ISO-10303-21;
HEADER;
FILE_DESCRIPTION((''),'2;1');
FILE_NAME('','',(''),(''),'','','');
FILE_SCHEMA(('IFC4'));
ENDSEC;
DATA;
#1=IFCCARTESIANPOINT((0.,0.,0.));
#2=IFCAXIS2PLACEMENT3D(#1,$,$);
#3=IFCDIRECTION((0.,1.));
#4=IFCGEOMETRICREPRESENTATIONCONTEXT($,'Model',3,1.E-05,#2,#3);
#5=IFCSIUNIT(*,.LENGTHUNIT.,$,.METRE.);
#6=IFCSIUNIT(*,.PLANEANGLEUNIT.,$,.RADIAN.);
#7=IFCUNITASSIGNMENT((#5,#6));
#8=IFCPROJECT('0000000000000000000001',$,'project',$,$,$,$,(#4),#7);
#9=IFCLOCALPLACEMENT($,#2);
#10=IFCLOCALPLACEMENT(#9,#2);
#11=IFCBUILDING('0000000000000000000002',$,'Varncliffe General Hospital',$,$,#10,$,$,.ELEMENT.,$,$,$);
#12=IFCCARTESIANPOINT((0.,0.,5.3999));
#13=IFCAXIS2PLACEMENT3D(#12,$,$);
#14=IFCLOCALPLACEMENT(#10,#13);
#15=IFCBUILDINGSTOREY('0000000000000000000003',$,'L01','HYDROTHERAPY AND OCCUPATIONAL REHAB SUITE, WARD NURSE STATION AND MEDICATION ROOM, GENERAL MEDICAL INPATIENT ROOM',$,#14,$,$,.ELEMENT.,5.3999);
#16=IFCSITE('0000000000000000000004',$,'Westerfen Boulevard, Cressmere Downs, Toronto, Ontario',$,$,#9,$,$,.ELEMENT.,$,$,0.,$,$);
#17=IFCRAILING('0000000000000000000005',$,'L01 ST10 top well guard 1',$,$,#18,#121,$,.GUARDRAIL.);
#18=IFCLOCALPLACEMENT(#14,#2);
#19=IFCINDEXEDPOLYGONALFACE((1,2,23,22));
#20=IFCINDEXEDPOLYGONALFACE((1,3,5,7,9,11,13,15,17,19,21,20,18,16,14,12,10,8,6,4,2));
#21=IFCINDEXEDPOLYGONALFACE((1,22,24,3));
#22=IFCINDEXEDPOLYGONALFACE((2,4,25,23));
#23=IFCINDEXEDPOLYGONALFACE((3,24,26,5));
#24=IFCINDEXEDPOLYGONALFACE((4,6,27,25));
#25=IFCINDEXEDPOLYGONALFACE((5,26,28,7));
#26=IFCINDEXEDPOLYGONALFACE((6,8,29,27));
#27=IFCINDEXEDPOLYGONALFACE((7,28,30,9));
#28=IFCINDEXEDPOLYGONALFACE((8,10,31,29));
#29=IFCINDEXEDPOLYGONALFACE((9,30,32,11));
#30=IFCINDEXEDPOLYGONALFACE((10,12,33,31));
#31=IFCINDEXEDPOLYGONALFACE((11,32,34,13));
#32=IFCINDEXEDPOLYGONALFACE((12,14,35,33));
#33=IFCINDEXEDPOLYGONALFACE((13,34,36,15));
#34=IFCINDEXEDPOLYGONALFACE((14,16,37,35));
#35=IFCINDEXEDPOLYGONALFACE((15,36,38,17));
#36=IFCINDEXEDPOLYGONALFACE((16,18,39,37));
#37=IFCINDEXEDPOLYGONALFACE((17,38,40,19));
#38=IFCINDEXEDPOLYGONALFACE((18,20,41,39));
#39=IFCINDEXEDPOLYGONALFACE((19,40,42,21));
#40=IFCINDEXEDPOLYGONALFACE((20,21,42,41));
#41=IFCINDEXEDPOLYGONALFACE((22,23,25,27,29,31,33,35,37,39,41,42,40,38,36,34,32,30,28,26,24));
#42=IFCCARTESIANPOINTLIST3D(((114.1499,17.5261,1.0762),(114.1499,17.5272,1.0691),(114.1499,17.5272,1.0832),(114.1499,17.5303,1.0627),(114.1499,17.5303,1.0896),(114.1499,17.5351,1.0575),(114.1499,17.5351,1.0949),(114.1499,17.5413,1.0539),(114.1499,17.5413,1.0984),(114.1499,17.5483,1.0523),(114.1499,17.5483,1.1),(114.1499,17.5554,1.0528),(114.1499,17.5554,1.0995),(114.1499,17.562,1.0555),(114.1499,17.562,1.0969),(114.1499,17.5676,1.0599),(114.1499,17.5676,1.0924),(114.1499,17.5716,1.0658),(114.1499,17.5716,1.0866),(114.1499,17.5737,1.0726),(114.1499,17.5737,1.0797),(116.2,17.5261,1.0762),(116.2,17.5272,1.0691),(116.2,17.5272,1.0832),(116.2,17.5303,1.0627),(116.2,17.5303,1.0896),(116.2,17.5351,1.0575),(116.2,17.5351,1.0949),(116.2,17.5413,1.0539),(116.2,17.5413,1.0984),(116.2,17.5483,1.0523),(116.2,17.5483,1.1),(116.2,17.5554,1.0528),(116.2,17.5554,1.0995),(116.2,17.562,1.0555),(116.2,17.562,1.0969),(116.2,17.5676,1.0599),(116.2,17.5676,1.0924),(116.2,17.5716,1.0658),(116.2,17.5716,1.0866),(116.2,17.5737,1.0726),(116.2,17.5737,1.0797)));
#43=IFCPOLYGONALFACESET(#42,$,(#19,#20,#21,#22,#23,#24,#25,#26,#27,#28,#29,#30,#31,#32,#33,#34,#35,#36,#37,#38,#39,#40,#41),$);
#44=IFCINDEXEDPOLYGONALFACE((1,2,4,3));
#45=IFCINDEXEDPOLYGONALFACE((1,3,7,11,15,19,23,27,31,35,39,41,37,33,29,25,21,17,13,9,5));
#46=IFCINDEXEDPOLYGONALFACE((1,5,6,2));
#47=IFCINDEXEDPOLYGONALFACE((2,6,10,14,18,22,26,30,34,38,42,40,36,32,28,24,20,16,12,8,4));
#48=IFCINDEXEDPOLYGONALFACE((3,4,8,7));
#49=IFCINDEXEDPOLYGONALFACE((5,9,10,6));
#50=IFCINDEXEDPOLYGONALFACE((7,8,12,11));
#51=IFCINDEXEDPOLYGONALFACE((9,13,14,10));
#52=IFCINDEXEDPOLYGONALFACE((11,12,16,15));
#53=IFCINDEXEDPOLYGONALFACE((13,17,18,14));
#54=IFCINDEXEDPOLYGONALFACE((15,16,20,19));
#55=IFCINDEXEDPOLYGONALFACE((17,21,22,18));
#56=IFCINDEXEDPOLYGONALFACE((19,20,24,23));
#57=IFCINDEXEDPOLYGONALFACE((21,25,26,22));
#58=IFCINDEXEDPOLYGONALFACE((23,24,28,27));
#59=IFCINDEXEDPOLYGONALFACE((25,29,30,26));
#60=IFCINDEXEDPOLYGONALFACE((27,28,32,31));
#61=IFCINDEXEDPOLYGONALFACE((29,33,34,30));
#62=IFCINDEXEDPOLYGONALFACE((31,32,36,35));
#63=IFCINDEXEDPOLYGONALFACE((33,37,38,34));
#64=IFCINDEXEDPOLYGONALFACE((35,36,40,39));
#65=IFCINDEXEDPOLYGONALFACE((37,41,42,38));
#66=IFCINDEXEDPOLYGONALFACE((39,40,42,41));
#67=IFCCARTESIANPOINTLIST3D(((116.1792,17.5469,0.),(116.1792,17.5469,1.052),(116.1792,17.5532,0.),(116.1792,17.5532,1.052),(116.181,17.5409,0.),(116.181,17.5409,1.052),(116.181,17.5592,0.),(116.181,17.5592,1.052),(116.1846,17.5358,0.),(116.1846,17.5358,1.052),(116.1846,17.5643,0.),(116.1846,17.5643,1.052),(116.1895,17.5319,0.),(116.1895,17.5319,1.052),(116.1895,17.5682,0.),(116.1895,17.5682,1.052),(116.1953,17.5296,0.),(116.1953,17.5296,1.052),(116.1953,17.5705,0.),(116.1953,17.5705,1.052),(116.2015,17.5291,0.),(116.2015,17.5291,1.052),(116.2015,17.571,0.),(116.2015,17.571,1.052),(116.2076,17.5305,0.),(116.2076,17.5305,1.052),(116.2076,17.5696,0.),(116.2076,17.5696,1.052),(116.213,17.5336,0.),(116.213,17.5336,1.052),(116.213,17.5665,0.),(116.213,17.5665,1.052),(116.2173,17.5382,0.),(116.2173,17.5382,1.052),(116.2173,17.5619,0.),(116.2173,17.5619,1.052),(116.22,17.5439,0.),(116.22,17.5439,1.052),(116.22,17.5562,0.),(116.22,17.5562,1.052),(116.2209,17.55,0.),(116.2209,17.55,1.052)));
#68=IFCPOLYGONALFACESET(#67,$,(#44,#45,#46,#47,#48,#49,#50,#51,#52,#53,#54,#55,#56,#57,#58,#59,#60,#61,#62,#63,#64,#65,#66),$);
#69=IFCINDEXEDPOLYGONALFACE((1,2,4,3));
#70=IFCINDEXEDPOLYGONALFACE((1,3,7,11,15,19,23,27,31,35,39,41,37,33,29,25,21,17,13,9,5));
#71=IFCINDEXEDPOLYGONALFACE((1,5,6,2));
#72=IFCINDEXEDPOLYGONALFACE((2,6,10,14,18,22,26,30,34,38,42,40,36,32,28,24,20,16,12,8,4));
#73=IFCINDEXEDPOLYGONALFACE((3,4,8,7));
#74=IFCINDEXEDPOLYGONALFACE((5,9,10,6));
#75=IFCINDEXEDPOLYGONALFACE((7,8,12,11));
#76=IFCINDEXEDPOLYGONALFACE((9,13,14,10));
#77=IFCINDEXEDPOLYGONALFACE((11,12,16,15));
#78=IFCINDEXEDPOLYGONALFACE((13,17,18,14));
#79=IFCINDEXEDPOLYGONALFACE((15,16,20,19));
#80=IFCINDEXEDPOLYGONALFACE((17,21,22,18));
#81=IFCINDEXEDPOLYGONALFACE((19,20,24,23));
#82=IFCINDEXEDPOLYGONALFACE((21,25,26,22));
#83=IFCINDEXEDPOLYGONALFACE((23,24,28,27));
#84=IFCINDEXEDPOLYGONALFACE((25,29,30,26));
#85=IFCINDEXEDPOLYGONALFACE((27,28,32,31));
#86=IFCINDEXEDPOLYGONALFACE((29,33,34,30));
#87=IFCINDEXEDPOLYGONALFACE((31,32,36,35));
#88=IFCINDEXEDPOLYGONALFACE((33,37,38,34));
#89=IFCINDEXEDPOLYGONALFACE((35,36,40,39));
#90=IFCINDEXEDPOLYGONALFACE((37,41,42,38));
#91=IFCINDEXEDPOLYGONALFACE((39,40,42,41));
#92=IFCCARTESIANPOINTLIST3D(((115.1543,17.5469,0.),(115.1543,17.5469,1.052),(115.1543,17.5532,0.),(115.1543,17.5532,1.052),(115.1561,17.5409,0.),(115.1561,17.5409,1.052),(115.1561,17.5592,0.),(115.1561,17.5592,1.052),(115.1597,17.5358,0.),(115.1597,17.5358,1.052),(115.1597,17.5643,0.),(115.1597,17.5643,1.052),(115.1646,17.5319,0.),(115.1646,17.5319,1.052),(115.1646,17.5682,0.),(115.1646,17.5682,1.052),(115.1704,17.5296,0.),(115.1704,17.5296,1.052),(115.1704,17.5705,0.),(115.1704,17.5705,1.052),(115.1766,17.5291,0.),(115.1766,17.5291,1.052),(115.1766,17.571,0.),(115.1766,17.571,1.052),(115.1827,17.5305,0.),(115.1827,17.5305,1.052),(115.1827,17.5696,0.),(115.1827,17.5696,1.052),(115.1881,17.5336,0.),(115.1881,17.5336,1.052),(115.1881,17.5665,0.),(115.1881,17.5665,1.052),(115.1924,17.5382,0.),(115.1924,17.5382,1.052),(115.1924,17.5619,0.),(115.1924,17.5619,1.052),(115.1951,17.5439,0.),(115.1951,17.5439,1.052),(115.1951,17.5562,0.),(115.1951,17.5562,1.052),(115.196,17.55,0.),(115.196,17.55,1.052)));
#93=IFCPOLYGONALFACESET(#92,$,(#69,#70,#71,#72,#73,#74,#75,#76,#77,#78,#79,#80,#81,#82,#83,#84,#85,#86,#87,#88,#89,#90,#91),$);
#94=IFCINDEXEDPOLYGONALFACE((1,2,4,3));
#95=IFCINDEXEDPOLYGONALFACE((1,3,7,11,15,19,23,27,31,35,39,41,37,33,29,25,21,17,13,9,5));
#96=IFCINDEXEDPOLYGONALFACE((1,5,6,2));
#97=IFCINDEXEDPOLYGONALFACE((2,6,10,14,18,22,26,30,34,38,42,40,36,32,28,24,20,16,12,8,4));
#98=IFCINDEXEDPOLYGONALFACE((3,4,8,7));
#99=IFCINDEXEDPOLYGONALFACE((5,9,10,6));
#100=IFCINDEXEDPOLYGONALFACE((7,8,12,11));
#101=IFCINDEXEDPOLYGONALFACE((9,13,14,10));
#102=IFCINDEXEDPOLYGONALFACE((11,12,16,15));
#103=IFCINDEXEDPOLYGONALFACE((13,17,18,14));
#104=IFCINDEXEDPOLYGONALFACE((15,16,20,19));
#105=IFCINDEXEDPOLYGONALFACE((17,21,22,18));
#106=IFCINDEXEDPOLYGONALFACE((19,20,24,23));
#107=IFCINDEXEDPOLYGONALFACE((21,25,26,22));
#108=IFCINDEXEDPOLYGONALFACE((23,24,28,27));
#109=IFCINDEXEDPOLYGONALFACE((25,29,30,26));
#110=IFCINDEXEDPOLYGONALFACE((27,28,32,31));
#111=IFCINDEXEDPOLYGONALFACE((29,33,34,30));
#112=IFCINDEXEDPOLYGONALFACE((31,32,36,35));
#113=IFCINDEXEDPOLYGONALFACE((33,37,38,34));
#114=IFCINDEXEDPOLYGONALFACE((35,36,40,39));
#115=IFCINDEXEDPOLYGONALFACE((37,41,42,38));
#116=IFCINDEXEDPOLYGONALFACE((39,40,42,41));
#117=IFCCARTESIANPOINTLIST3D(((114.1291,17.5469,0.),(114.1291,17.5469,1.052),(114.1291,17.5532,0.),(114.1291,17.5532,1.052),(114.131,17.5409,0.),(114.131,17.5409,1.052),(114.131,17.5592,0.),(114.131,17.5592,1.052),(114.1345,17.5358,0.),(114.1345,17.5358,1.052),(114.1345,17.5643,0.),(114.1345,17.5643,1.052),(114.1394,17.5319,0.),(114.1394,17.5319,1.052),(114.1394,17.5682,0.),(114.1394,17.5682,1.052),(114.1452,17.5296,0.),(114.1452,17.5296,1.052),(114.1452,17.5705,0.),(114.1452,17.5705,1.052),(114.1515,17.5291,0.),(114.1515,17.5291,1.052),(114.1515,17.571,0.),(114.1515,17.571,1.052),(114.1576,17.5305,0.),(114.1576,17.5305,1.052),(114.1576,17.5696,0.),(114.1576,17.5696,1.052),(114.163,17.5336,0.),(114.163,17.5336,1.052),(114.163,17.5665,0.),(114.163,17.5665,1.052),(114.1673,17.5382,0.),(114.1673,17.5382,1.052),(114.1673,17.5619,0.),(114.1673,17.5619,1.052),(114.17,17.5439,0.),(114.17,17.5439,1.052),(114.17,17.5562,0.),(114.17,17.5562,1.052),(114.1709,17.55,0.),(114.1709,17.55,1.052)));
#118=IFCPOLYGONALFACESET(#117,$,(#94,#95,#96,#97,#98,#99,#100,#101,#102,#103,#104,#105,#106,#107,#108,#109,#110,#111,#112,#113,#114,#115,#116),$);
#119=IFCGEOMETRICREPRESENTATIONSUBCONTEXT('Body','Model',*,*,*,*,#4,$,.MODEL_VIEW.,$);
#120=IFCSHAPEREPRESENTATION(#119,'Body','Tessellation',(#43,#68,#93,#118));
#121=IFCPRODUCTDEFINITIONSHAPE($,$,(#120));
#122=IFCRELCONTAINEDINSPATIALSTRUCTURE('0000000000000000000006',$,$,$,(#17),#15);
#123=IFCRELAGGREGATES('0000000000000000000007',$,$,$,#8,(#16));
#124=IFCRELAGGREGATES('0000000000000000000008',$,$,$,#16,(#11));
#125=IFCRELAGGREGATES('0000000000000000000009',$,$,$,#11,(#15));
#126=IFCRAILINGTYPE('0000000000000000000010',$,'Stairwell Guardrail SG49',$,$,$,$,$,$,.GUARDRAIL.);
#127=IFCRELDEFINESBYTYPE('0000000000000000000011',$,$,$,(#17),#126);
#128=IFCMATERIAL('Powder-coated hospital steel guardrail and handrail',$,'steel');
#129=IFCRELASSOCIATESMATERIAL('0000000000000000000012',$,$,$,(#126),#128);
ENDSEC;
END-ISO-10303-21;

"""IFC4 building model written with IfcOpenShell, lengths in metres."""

from ifc_helpers import new_model, si_unit, direction, frame, origin, origin_2d, place, context, subcontext, project, spatial, circle, extrude, material, type_object, element, save


model = new_model("IFC4")

# Units and contexts
model_context = context("Model", 3, precision=1e-05, world=origin(), true_north=direction((0.0, 1.0)))
body_context = subcontext(model_context, "Body", "Model", "MODEL_VIEW")
ifc_project = project(units=[si_unit("LENGTHUNIT", "METRE"), si_unit("PLANEANGLEUNIT", "RADIAN")], contexts=[model_context])

# Site, building, storey
site_placement = place(None, origin())
site = spatial("IfcSite", under=ifc_project, at=site_placement, Name="Westerfen Boulevard, Cressmere Downs, Toronto, Ontario", CompositionType="ELEMENT", RefElevation=0.0)
building_placement = place(site_placement, origin())
building = spatial("IfcBuilding", under=site, at=building_placement, Name="Varncliffe General Hospital", CompositionType="ELEMENT")
storey_placement = place(building_placement, frame((0.0, 0.0, 5.3999)))
storey = spatial("IfcBuildingStorey", under=building, at=storey_placement, Name="L01", Description="HYDROTHERAPY AND OCCUPATIONAL REHAB SUITE, WARD NURSE STATION AND MEDICATION ROOM, GENERAL MEDICAL INPATIENT ROOM", CompositionType="ELEMENT", Elevation=5.3999)

# Railing
ifc_material_1 = material(Name="Powder-coated hospital steel guardrail and handrail", Category="steel")
railing_type_1 = type_object("IfcRailingType", Name="Stairwell Guardrail SG49", PredefinedType="GUARDRAIL", material=ifc_material_1)
railing_1_placement = place(storey_placement, frame((116.2, 17.55, 0.0)))
element("IfcRailing", 1, at=railing_1_placement, inside=storey, type_object=railing_type_1, Name="L01 ST10 top well guard 1", PredefinedType="GUARDRAIL", context=body_context, shape_type="SweptSolid", body=[
    extrude(circle(Radius=0.0239, at=origin_2d()), frame((0.0, 0.0, 1.0762), z_axis=(-1.0, 0.0, 0.0), x_axis=(0.0, -1.0, 0.0)), (0.0, 0.0, 1.0), 2.05),
    extrude(circle(Radius=0.021, at=origin_2d()), origin(), (0.0, 0.0, 1.0), 1.052),
    extrude(circle(Radius=0.021, at=origin_2d()), frame((-1.0249, 0.0, 0.0)), (0.0, 0.0, 1.0), 1.052),
    extrude(circle(Radius=0.021, at=origin_2d()), frame((-2.05, 0.0, 0.0)), (0.0, 0.0, 1.0), 1.052),
])

save(model, "model.ifc")
